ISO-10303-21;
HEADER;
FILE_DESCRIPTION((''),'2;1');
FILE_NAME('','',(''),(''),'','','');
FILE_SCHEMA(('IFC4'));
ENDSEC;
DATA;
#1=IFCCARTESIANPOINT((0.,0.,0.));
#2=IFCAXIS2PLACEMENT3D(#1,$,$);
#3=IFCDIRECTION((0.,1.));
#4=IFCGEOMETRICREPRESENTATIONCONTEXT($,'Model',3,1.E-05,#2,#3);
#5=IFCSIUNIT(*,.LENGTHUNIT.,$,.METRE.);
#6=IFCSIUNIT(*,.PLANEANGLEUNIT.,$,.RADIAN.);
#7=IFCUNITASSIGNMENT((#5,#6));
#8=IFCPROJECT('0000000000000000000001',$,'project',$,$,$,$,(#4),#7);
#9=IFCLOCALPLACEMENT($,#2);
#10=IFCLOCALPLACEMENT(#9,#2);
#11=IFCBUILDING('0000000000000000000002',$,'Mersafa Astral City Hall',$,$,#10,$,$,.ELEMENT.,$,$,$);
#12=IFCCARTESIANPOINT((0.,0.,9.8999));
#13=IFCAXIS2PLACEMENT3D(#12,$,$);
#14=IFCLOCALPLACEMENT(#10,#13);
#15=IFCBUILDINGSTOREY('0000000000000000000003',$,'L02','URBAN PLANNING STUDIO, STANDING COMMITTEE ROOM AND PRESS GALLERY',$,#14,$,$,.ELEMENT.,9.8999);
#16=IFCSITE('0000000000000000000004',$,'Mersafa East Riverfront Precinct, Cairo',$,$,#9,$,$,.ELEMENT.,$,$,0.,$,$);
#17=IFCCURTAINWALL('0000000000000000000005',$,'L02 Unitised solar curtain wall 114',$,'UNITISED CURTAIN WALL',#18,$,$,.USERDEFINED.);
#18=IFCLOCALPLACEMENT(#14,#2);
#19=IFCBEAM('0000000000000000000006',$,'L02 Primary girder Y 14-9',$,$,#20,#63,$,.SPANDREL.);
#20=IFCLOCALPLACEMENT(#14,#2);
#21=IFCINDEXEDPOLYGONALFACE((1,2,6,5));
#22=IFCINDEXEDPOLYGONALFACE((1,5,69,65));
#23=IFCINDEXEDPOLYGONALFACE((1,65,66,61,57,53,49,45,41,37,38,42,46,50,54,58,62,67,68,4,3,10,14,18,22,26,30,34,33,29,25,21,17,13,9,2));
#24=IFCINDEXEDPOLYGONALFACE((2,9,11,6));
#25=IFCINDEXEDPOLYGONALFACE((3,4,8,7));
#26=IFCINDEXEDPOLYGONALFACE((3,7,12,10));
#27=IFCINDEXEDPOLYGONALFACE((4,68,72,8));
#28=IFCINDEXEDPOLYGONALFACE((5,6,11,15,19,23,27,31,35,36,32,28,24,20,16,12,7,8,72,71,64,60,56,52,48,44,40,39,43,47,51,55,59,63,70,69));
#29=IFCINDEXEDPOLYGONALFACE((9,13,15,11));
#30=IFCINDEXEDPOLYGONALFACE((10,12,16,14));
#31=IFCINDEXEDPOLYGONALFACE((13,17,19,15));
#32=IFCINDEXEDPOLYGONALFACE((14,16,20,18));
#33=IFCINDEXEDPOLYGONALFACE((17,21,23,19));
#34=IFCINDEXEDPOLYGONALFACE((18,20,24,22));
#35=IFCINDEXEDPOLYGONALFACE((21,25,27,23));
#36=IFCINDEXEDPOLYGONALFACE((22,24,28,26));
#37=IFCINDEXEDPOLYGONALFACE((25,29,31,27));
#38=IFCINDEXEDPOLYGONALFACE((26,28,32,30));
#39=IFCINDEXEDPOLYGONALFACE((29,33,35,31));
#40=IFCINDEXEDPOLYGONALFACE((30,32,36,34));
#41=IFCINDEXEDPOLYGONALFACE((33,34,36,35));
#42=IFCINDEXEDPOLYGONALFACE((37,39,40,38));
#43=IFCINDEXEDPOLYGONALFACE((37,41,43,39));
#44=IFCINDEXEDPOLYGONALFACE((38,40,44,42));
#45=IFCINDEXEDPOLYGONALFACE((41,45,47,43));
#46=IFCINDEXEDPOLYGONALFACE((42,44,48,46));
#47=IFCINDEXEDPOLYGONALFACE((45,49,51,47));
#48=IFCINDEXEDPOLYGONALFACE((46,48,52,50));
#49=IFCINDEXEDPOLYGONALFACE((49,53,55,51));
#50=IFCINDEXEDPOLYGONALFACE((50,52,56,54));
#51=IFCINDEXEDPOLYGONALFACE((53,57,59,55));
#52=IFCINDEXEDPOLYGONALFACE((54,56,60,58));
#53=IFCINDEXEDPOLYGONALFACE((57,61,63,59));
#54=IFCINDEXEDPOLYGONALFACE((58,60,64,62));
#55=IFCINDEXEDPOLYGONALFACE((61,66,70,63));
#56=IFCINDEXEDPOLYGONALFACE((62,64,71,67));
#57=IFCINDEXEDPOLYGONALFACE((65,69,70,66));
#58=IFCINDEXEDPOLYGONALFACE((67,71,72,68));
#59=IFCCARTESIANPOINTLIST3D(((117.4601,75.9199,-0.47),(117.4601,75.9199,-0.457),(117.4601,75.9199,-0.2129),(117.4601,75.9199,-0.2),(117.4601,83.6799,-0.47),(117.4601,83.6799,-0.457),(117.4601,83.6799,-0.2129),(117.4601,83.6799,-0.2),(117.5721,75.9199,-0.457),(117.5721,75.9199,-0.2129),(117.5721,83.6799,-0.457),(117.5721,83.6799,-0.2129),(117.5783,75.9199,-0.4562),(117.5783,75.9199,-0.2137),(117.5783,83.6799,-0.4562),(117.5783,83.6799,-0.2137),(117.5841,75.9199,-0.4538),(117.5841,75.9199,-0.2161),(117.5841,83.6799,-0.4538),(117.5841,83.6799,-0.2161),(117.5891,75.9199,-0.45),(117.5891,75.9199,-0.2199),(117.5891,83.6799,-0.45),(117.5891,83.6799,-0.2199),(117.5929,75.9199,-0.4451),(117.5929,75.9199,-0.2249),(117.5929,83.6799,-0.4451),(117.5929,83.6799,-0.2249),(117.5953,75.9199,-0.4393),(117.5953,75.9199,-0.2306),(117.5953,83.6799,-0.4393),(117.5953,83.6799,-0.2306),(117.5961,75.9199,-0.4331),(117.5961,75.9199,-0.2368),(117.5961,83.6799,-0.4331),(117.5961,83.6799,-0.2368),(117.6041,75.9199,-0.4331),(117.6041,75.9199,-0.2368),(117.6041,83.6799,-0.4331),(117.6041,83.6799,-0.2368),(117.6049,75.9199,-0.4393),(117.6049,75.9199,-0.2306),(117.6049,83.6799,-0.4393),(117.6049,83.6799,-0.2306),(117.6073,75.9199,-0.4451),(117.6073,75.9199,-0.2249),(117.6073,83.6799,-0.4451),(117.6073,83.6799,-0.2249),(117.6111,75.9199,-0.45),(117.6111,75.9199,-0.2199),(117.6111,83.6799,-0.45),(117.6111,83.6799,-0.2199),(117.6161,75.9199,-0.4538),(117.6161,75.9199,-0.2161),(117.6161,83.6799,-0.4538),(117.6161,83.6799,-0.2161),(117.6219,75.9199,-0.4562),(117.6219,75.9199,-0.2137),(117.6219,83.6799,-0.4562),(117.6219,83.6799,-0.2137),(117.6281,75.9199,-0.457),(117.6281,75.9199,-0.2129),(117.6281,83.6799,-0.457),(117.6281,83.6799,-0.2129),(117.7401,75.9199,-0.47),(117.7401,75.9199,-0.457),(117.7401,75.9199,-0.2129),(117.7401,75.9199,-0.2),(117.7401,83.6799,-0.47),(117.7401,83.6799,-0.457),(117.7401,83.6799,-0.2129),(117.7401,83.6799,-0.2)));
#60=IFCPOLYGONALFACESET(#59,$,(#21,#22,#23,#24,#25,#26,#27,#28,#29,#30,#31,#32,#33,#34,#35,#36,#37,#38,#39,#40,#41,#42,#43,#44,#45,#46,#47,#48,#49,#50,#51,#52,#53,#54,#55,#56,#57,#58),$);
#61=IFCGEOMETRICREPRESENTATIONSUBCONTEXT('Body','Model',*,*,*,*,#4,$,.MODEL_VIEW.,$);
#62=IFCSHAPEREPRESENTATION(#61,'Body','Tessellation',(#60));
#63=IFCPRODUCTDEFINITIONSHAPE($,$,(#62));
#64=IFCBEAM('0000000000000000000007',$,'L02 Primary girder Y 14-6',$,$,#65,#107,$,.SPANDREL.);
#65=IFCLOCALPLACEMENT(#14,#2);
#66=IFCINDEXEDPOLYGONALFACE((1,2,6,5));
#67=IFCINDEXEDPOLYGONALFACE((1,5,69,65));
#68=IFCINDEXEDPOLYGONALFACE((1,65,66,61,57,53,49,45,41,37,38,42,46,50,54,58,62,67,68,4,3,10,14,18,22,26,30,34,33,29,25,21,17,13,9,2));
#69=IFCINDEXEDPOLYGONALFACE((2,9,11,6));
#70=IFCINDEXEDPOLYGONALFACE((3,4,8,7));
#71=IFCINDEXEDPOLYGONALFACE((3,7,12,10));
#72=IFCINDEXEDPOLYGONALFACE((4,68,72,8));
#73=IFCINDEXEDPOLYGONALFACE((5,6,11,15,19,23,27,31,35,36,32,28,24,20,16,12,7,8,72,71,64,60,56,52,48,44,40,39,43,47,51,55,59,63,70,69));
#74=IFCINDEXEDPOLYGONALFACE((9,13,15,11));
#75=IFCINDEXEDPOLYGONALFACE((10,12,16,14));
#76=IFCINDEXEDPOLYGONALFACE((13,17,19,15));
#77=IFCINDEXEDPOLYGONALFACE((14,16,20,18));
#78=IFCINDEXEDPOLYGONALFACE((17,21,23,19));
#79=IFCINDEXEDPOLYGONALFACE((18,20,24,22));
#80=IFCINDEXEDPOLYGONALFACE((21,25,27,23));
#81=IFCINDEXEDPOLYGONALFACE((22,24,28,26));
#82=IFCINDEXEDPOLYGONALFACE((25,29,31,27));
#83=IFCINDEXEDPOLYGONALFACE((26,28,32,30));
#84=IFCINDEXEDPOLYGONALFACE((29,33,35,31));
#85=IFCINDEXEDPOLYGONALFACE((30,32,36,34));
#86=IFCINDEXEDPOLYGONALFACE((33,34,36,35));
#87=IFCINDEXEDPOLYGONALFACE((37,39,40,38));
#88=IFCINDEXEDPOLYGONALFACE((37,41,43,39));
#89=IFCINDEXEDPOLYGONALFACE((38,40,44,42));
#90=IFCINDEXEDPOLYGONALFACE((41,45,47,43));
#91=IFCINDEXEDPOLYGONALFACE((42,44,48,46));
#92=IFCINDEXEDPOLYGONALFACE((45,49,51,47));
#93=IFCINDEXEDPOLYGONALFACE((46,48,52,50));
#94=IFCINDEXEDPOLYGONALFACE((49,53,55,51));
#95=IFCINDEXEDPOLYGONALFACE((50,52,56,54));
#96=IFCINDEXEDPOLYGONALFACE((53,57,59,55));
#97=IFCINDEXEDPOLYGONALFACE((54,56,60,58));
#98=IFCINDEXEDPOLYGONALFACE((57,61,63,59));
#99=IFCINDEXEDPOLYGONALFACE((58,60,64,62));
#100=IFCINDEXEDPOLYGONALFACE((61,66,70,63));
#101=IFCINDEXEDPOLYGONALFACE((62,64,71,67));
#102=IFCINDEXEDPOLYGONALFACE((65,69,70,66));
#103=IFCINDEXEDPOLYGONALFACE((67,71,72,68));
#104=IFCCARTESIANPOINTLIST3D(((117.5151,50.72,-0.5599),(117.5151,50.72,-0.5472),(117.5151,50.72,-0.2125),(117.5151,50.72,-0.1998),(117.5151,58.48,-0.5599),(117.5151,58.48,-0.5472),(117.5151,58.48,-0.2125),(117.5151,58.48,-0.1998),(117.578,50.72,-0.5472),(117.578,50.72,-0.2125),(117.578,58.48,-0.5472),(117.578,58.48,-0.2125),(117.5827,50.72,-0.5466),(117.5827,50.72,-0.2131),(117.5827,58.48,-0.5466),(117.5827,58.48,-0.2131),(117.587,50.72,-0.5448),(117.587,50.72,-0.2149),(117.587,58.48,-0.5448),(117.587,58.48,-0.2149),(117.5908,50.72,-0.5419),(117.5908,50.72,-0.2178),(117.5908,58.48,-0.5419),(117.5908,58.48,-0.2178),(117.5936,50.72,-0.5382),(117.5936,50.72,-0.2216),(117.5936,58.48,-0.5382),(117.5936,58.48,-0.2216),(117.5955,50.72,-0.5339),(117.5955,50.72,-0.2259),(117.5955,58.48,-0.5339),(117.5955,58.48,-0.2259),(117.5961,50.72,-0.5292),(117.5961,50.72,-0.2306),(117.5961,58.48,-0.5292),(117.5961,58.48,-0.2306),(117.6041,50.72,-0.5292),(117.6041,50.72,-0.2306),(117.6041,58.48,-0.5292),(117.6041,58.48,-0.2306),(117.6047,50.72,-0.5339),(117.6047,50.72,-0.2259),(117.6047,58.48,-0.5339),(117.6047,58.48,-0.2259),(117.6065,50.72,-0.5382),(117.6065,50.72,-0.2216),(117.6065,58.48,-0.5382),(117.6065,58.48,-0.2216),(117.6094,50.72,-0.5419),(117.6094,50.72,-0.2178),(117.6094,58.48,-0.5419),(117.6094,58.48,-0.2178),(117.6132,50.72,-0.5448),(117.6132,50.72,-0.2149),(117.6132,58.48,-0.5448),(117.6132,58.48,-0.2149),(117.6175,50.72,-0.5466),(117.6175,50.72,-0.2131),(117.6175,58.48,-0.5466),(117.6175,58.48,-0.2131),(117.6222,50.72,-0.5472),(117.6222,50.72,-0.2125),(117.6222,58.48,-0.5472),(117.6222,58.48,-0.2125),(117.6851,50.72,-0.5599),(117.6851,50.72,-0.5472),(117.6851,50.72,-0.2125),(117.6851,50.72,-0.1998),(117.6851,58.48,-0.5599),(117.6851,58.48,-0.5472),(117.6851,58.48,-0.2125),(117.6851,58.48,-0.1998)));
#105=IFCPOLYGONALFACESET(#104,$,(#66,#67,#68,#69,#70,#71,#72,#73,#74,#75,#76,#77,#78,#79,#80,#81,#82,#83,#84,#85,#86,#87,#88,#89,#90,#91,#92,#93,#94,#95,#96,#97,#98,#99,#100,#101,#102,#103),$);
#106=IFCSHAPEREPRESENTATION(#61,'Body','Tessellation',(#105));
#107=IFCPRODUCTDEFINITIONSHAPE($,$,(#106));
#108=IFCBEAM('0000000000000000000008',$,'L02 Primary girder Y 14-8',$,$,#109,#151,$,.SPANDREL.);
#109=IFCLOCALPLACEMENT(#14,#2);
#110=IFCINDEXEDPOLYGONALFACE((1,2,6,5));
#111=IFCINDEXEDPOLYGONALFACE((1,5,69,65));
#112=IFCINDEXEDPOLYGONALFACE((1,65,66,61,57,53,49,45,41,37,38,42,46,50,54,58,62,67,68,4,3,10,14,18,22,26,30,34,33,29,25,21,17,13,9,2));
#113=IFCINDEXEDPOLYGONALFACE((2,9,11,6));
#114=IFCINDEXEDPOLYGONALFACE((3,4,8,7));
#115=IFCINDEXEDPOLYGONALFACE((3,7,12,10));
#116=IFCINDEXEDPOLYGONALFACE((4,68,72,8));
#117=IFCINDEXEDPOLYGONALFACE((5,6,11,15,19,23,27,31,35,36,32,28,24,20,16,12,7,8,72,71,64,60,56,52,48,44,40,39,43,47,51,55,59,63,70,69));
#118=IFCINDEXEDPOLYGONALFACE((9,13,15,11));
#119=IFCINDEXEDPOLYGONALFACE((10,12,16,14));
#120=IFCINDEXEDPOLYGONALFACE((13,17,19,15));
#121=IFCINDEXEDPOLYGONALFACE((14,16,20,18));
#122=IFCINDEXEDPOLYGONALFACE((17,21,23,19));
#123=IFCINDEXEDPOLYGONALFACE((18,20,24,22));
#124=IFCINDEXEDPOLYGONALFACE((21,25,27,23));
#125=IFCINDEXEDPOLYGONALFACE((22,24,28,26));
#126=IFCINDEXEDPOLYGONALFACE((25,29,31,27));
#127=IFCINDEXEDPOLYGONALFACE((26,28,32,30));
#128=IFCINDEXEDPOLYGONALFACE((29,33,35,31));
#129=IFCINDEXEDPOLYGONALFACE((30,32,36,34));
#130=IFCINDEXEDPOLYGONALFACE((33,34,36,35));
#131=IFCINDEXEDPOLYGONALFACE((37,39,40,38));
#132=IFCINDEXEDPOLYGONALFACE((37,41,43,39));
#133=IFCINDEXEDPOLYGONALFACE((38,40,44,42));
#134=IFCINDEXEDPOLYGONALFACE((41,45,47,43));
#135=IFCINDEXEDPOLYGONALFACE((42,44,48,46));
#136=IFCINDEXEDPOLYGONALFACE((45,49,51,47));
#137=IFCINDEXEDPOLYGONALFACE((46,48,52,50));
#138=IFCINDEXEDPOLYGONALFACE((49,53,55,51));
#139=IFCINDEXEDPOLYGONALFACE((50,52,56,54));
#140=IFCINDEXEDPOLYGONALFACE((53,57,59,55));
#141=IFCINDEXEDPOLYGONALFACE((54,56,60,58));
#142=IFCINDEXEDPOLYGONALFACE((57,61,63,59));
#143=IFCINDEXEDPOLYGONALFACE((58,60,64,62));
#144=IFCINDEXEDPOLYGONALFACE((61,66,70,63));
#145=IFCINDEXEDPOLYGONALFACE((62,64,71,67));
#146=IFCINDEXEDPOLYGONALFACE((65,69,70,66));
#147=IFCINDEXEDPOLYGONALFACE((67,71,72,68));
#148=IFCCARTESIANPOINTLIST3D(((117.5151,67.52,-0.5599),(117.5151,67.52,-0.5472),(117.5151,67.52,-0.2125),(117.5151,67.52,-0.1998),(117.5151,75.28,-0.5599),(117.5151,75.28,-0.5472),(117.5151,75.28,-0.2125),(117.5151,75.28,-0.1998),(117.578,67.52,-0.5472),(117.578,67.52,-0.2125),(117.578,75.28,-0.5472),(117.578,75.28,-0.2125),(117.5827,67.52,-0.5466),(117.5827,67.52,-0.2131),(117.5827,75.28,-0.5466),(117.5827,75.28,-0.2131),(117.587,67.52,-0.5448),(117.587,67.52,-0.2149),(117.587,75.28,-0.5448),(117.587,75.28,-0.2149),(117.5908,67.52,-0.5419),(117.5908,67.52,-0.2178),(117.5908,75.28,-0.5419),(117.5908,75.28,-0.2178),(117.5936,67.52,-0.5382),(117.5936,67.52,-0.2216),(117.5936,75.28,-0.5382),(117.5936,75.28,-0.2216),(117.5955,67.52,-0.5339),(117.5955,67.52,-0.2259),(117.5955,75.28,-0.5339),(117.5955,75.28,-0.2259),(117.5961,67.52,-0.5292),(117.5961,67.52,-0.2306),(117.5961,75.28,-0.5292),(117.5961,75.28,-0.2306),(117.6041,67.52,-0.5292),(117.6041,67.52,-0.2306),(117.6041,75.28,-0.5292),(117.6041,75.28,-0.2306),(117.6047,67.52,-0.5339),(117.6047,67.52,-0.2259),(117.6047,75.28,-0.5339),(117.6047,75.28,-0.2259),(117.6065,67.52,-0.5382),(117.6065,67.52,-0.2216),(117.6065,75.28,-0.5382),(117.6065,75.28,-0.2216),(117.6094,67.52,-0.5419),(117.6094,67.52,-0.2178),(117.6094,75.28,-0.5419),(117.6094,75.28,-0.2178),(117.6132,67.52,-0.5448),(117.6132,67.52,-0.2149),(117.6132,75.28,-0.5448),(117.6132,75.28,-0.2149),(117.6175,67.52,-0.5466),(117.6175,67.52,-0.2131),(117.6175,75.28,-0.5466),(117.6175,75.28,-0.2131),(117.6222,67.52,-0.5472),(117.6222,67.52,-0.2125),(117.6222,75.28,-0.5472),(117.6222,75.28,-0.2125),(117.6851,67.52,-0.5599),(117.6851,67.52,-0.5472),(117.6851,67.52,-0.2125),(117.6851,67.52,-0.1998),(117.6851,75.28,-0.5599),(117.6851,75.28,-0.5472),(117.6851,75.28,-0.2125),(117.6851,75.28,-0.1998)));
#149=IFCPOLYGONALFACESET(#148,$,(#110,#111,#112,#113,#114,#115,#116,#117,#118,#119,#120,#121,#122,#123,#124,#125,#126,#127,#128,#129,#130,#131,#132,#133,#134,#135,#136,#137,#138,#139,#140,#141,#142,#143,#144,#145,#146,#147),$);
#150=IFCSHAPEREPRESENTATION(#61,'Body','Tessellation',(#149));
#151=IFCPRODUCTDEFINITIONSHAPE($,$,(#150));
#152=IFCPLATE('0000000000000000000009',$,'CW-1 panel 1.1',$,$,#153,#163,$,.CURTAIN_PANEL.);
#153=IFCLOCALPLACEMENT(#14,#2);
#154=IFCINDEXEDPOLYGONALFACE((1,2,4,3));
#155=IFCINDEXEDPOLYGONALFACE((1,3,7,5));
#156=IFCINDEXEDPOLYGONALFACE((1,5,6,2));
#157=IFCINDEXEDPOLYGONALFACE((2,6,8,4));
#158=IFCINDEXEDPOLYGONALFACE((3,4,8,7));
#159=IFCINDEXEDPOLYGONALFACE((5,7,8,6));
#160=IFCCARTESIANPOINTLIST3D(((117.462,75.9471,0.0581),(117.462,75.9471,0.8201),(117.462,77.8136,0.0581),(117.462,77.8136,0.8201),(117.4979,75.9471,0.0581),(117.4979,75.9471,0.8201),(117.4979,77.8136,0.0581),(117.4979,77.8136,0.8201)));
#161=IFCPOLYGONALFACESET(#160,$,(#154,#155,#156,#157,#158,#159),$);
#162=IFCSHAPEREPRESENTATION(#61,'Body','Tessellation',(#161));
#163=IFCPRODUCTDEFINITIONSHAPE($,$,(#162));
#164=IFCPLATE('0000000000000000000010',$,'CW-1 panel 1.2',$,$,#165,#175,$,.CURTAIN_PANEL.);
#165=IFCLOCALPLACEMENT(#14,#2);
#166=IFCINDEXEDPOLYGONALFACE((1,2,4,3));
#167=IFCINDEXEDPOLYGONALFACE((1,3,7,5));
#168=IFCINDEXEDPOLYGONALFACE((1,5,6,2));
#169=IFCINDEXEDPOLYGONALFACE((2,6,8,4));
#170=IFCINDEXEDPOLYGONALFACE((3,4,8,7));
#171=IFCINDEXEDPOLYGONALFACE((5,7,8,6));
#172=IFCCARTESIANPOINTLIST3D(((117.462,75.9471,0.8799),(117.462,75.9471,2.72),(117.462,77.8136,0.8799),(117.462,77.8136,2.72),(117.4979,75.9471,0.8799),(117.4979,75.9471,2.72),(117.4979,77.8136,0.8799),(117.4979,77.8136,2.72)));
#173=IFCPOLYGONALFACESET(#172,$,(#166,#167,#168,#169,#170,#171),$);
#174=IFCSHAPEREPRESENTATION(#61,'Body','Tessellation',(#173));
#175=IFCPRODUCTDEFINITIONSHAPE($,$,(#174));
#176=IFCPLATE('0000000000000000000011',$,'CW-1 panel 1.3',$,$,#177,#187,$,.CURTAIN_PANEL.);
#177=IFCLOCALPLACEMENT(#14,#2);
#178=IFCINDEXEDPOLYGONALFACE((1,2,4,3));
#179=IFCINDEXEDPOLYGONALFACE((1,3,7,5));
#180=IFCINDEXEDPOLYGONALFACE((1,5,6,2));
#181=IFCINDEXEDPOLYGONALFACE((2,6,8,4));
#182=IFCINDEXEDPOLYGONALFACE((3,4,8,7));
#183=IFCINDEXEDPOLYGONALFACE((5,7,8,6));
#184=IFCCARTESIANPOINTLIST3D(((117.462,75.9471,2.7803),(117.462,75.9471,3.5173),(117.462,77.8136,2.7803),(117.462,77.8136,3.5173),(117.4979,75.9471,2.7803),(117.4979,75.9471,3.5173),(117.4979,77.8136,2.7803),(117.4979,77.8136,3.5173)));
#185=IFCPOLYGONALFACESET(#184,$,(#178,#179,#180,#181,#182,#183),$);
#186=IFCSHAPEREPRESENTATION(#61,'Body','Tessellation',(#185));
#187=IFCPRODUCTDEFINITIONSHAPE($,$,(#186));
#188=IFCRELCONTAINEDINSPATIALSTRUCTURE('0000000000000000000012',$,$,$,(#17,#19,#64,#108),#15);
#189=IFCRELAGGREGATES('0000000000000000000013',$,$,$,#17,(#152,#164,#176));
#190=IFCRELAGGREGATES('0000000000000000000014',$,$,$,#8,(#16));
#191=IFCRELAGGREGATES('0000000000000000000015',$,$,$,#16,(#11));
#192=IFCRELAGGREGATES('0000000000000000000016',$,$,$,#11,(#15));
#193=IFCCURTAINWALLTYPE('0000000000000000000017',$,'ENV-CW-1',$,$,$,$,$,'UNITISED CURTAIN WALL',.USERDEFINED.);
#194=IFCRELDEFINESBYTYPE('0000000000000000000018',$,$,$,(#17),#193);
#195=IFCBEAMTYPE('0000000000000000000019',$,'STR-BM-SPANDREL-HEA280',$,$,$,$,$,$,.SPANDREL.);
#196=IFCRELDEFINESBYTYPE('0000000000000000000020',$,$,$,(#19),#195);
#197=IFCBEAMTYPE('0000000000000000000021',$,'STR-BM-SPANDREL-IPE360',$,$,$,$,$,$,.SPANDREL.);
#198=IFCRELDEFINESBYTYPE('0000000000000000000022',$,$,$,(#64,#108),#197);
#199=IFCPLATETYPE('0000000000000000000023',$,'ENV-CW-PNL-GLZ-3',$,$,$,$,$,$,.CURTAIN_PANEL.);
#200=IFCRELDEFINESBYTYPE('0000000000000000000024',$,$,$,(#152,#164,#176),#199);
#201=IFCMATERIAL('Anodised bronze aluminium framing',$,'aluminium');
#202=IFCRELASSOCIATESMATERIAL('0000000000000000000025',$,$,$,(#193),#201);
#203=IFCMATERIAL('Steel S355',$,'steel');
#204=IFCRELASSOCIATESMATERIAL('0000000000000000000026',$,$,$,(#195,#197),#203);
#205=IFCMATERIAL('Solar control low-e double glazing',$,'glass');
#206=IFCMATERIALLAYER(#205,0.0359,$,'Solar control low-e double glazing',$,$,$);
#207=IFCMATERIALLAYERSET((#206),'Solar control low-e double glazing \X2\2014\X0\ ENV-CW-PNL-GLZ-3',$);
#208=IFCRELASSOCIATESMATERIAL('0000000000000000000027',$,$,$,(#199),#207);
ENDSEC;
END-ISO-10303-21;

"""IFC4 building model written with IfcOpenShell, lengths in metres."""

from ifc_helpers import new_model, si_unit, direction, frame, origin, origin_2d, place, context, subcontext, project, spatial, rectangle, i_section, extrude, material, layer, layer_set, material_profile, profile_set, type_object, element, aggregate, save


model = new_model("IFC4")

# Units and contexts
model_context = context("Model", 3, precision=1e-05, world=origin(), true_north=direction((0.0, 1.0)))
body_context = subcontext(model_context, "Body", "Model", "MODEL_VIEW")
ifc_project = project(units=[si_unit("LENGTHUNIT", "METRE"), si_unit("PLANEANGLEUNIT", "RADIAN")], contexts=[model_context])

# Site, building, storey
site_placement = place(None, origin())
site = spatial("IfcSite", under=ifc_project, at=site_placement, Name="Mersafa East Riverfront Precinct, Cairo", CompositionType="ELEMENT", RefElevation=0.0)
building_placement = place(site_placement, origin())
building = spatial("IfcBuilding", under=site, at=building_placement, Name="Mersafa Astral City Hall", CompositionType="ELEMENT")
storey_placement = place(building_placement, frame((0.0, 0.0, 9.8999)))
storey = spatial("IfcBuildingStorey", under=building, at=storey_placement, Name="L02", Description="URBAN PLANNING STUDIO, STANDING COMMITTEE ROOM AND PRESS GALLERY", CompositionType="ELEMENT", Elevation=9.8999)

# Shared definitions
ifc_material_1 = material(Name="Steel S355", Category="steel")

# Shared definitions
ifc_material_2 = material(Name="Anodised bronze aluminium framing", Category="aluminium")

# Curtain wall
curtain_wall_type_1 = type_object("IfcCurtainWallType", Name="ENV-CW-1", ElementType="UNITISED CURTAIN WALL", PredefinedType="USERDEFINED", material=ifc_material_2)
curtain_wall_1_placement = place(storey_placement, origin())
curtain_wall_1 = element("IfcCurtainWall", 1, at=curtain_wall_1_placement, inside=storey, type_object=curtain_wall_type_1, Name="L02 Unitised solar curtain wall 114", ObjectType="UNITISED CURTAIN WALL", PredefinedType="USERDEFINED")

# Beams
ifc_material_profile_1 = material_profile(ifc_material_1, i_section(OverallWidth=0.28, OverallDepth=0.27, WebThickness=0.0081, FlangeThickness=0.0129, FilletRadius=0.0239, at=origin_2d()), Name="HEA 280")
ifc_profile_set_1 = profile_set([ifc_material_profile_1], Name="Steel S355")
beam_type_1 = type_object("IfcBeamType", Name="STR-BM-SPANDREL-HEA280", PredefinedType="SPANDREL", material=ifc_profile_set_1)
beam_1_placement = place(storey_placement, frame((117.6001, 75.9199, -0.335), z_axis=(0.0, 1.0, 0.0), x_axis=(-1.0, 0.0, 0.0)))
element("IfcBeam", 2, at=beam_1_placement, inside=storey, type_object=beam_type_1, Name="L02 Primary girder Y 14-9", PredefinedType="SPANDREL", context=body_context, shape_type="SweptSolid", body=[
    extrude(i_section(OverallWidth=0.28, OverallDepth=0.27, WebThickness=0.0081, FlangeThickness=0.0129, FilletRadius=0.0239, at=origin_2d()), origin(), (0.0, 0.0, 1.0), 7.76),
])
ifc_material_profile_2 = material_profile(ifc_material_1, i_section(OverallWidth=0.1699, OverallDepth=0.3601, WebThickness=0.0081, FlangeThickness=0.0127, FilletRadius=0.0181, at=origin_2d()), Name="IPE 360")
ifc_profile_set_2 = profile_set([ifc_material_profile_2], Name="Steel S355")
beam_type_2 = type_object("IfcBeamType", Name="STR-BM-SPANDREL-IPE360", PredefinedType="SPANDREL", material=ifc_profile_set_2)
for number, where, z_axis, x_axis, name in (
    (3, (117.6001, 50.72, -0.3799), (0.0, 1.0, 0.0), (-1.0, 0.0, 0.0), "L02 Primary girder Y 14-6"),
    (4, (117.6001, 67.52, -0.3799), (0.0, 1.0, 0.0), (-1.0, 0.0, 0.0), "L02 Primary girder Y 14-8"),
):
    element("IfcBeam", number, at=place(storey_placement, frame(where, z_axis=z_axis, x_axis=x_axis)), inside=storey, type_object=beam_type_2, Name=name, PredefinedType="SPANDREL", context=body_context, shape_type="SweptSolid", body=[
        extrude(i_section(OverallWidth=0.1699, OverallDepth=0.3601, WebThickness=0.0081, FlangeThickness=0.0127, FilletRadius=0.0181, at=origin_2d()), origin(), (0.0, 0.0, 1.0), 7.76),
    ])

# Plates
ifc_material_3 = material(Name="Solar control low-e double glazing", Category="glass")
ifc_layer_1 = layer(ifc_material_3, 0.0359, Name="Solar control low-e double glazing")
ifc_layer_set_1 = layer_set([ifc_layer_1], Name="Solar control low-e double glazing — ENV-CW-PNL-GLZ-3")
plate_type = type_object("IfcPlateType", Name="ENV-CW-PNL-GLZ-3", PredefinedType="CURTAIN_PANEL", material=ifc_layer_set_1)
plate_1_placement = place(storey_placement, frame((117.48, 76.8804, 0.0581), z_axis=(0.0, 0.0, 1.0), x_axis=(0.0, 1.0, 0.0)))
plate_1 = element("IfcPlate", 5, at=plate_1_placement, type_object=plate_type, Name="CW-1 panel 1.1", PredefinedType="CURTAIN_PANEL", context=body_context, shape_type="SweptSolid", body=[
    extrude(rectangle(XDim=1.8665, YDim=0.0359, at=origin_2d()), origin(), (0.0, 0.0, 1.0), 0.762),
])
plate_2_placement = place(storey_placement, frame((117.48, 76.8804, 0.8799), z_axis=(0.0, 0.0, 1.0), x_axis=(0.0, 1.0, 0.0)))
plate_2 = element("IfcPlate", 6, at=plate_2_placement, type_object=plate_type, Name="CW-1 panel 1.2", PredefinedType="CURTAIN_PANEL", context=body_context, shape_type="SweptSolid", body=[
    extrude(rectangle(XDim=1.8665, YDim=0.0359, at=origin_2d()), origin(), (0.0, 0.0, 1.0), 1.8401),
])
plate_3_placement = place(storey_placement, frame((117.48, 76.8804, 2.7803), z_axis=(0.0, 0.0, 1.0), x_axis=(0.0, 1.0, 0.0)))
plate_3 = element("IfcPlate", 7, at=plate_3_placement, type_object=plate_type, Name="CW-1 panel 1.3", PredefinedType="CURTAIN_PANEL", context=body_context, shape_type="SweptSolid", body=[
    extrude(rectangle(XDim=1.8665, YDim=0.0359, at=origin_2d()), origin(), (0.0, 0.0, 1.0), 0.7371),
])
aggregate(curtain_wall_1, [plate_1, plate_2, plate_3])

save(model, "model.ifc")
